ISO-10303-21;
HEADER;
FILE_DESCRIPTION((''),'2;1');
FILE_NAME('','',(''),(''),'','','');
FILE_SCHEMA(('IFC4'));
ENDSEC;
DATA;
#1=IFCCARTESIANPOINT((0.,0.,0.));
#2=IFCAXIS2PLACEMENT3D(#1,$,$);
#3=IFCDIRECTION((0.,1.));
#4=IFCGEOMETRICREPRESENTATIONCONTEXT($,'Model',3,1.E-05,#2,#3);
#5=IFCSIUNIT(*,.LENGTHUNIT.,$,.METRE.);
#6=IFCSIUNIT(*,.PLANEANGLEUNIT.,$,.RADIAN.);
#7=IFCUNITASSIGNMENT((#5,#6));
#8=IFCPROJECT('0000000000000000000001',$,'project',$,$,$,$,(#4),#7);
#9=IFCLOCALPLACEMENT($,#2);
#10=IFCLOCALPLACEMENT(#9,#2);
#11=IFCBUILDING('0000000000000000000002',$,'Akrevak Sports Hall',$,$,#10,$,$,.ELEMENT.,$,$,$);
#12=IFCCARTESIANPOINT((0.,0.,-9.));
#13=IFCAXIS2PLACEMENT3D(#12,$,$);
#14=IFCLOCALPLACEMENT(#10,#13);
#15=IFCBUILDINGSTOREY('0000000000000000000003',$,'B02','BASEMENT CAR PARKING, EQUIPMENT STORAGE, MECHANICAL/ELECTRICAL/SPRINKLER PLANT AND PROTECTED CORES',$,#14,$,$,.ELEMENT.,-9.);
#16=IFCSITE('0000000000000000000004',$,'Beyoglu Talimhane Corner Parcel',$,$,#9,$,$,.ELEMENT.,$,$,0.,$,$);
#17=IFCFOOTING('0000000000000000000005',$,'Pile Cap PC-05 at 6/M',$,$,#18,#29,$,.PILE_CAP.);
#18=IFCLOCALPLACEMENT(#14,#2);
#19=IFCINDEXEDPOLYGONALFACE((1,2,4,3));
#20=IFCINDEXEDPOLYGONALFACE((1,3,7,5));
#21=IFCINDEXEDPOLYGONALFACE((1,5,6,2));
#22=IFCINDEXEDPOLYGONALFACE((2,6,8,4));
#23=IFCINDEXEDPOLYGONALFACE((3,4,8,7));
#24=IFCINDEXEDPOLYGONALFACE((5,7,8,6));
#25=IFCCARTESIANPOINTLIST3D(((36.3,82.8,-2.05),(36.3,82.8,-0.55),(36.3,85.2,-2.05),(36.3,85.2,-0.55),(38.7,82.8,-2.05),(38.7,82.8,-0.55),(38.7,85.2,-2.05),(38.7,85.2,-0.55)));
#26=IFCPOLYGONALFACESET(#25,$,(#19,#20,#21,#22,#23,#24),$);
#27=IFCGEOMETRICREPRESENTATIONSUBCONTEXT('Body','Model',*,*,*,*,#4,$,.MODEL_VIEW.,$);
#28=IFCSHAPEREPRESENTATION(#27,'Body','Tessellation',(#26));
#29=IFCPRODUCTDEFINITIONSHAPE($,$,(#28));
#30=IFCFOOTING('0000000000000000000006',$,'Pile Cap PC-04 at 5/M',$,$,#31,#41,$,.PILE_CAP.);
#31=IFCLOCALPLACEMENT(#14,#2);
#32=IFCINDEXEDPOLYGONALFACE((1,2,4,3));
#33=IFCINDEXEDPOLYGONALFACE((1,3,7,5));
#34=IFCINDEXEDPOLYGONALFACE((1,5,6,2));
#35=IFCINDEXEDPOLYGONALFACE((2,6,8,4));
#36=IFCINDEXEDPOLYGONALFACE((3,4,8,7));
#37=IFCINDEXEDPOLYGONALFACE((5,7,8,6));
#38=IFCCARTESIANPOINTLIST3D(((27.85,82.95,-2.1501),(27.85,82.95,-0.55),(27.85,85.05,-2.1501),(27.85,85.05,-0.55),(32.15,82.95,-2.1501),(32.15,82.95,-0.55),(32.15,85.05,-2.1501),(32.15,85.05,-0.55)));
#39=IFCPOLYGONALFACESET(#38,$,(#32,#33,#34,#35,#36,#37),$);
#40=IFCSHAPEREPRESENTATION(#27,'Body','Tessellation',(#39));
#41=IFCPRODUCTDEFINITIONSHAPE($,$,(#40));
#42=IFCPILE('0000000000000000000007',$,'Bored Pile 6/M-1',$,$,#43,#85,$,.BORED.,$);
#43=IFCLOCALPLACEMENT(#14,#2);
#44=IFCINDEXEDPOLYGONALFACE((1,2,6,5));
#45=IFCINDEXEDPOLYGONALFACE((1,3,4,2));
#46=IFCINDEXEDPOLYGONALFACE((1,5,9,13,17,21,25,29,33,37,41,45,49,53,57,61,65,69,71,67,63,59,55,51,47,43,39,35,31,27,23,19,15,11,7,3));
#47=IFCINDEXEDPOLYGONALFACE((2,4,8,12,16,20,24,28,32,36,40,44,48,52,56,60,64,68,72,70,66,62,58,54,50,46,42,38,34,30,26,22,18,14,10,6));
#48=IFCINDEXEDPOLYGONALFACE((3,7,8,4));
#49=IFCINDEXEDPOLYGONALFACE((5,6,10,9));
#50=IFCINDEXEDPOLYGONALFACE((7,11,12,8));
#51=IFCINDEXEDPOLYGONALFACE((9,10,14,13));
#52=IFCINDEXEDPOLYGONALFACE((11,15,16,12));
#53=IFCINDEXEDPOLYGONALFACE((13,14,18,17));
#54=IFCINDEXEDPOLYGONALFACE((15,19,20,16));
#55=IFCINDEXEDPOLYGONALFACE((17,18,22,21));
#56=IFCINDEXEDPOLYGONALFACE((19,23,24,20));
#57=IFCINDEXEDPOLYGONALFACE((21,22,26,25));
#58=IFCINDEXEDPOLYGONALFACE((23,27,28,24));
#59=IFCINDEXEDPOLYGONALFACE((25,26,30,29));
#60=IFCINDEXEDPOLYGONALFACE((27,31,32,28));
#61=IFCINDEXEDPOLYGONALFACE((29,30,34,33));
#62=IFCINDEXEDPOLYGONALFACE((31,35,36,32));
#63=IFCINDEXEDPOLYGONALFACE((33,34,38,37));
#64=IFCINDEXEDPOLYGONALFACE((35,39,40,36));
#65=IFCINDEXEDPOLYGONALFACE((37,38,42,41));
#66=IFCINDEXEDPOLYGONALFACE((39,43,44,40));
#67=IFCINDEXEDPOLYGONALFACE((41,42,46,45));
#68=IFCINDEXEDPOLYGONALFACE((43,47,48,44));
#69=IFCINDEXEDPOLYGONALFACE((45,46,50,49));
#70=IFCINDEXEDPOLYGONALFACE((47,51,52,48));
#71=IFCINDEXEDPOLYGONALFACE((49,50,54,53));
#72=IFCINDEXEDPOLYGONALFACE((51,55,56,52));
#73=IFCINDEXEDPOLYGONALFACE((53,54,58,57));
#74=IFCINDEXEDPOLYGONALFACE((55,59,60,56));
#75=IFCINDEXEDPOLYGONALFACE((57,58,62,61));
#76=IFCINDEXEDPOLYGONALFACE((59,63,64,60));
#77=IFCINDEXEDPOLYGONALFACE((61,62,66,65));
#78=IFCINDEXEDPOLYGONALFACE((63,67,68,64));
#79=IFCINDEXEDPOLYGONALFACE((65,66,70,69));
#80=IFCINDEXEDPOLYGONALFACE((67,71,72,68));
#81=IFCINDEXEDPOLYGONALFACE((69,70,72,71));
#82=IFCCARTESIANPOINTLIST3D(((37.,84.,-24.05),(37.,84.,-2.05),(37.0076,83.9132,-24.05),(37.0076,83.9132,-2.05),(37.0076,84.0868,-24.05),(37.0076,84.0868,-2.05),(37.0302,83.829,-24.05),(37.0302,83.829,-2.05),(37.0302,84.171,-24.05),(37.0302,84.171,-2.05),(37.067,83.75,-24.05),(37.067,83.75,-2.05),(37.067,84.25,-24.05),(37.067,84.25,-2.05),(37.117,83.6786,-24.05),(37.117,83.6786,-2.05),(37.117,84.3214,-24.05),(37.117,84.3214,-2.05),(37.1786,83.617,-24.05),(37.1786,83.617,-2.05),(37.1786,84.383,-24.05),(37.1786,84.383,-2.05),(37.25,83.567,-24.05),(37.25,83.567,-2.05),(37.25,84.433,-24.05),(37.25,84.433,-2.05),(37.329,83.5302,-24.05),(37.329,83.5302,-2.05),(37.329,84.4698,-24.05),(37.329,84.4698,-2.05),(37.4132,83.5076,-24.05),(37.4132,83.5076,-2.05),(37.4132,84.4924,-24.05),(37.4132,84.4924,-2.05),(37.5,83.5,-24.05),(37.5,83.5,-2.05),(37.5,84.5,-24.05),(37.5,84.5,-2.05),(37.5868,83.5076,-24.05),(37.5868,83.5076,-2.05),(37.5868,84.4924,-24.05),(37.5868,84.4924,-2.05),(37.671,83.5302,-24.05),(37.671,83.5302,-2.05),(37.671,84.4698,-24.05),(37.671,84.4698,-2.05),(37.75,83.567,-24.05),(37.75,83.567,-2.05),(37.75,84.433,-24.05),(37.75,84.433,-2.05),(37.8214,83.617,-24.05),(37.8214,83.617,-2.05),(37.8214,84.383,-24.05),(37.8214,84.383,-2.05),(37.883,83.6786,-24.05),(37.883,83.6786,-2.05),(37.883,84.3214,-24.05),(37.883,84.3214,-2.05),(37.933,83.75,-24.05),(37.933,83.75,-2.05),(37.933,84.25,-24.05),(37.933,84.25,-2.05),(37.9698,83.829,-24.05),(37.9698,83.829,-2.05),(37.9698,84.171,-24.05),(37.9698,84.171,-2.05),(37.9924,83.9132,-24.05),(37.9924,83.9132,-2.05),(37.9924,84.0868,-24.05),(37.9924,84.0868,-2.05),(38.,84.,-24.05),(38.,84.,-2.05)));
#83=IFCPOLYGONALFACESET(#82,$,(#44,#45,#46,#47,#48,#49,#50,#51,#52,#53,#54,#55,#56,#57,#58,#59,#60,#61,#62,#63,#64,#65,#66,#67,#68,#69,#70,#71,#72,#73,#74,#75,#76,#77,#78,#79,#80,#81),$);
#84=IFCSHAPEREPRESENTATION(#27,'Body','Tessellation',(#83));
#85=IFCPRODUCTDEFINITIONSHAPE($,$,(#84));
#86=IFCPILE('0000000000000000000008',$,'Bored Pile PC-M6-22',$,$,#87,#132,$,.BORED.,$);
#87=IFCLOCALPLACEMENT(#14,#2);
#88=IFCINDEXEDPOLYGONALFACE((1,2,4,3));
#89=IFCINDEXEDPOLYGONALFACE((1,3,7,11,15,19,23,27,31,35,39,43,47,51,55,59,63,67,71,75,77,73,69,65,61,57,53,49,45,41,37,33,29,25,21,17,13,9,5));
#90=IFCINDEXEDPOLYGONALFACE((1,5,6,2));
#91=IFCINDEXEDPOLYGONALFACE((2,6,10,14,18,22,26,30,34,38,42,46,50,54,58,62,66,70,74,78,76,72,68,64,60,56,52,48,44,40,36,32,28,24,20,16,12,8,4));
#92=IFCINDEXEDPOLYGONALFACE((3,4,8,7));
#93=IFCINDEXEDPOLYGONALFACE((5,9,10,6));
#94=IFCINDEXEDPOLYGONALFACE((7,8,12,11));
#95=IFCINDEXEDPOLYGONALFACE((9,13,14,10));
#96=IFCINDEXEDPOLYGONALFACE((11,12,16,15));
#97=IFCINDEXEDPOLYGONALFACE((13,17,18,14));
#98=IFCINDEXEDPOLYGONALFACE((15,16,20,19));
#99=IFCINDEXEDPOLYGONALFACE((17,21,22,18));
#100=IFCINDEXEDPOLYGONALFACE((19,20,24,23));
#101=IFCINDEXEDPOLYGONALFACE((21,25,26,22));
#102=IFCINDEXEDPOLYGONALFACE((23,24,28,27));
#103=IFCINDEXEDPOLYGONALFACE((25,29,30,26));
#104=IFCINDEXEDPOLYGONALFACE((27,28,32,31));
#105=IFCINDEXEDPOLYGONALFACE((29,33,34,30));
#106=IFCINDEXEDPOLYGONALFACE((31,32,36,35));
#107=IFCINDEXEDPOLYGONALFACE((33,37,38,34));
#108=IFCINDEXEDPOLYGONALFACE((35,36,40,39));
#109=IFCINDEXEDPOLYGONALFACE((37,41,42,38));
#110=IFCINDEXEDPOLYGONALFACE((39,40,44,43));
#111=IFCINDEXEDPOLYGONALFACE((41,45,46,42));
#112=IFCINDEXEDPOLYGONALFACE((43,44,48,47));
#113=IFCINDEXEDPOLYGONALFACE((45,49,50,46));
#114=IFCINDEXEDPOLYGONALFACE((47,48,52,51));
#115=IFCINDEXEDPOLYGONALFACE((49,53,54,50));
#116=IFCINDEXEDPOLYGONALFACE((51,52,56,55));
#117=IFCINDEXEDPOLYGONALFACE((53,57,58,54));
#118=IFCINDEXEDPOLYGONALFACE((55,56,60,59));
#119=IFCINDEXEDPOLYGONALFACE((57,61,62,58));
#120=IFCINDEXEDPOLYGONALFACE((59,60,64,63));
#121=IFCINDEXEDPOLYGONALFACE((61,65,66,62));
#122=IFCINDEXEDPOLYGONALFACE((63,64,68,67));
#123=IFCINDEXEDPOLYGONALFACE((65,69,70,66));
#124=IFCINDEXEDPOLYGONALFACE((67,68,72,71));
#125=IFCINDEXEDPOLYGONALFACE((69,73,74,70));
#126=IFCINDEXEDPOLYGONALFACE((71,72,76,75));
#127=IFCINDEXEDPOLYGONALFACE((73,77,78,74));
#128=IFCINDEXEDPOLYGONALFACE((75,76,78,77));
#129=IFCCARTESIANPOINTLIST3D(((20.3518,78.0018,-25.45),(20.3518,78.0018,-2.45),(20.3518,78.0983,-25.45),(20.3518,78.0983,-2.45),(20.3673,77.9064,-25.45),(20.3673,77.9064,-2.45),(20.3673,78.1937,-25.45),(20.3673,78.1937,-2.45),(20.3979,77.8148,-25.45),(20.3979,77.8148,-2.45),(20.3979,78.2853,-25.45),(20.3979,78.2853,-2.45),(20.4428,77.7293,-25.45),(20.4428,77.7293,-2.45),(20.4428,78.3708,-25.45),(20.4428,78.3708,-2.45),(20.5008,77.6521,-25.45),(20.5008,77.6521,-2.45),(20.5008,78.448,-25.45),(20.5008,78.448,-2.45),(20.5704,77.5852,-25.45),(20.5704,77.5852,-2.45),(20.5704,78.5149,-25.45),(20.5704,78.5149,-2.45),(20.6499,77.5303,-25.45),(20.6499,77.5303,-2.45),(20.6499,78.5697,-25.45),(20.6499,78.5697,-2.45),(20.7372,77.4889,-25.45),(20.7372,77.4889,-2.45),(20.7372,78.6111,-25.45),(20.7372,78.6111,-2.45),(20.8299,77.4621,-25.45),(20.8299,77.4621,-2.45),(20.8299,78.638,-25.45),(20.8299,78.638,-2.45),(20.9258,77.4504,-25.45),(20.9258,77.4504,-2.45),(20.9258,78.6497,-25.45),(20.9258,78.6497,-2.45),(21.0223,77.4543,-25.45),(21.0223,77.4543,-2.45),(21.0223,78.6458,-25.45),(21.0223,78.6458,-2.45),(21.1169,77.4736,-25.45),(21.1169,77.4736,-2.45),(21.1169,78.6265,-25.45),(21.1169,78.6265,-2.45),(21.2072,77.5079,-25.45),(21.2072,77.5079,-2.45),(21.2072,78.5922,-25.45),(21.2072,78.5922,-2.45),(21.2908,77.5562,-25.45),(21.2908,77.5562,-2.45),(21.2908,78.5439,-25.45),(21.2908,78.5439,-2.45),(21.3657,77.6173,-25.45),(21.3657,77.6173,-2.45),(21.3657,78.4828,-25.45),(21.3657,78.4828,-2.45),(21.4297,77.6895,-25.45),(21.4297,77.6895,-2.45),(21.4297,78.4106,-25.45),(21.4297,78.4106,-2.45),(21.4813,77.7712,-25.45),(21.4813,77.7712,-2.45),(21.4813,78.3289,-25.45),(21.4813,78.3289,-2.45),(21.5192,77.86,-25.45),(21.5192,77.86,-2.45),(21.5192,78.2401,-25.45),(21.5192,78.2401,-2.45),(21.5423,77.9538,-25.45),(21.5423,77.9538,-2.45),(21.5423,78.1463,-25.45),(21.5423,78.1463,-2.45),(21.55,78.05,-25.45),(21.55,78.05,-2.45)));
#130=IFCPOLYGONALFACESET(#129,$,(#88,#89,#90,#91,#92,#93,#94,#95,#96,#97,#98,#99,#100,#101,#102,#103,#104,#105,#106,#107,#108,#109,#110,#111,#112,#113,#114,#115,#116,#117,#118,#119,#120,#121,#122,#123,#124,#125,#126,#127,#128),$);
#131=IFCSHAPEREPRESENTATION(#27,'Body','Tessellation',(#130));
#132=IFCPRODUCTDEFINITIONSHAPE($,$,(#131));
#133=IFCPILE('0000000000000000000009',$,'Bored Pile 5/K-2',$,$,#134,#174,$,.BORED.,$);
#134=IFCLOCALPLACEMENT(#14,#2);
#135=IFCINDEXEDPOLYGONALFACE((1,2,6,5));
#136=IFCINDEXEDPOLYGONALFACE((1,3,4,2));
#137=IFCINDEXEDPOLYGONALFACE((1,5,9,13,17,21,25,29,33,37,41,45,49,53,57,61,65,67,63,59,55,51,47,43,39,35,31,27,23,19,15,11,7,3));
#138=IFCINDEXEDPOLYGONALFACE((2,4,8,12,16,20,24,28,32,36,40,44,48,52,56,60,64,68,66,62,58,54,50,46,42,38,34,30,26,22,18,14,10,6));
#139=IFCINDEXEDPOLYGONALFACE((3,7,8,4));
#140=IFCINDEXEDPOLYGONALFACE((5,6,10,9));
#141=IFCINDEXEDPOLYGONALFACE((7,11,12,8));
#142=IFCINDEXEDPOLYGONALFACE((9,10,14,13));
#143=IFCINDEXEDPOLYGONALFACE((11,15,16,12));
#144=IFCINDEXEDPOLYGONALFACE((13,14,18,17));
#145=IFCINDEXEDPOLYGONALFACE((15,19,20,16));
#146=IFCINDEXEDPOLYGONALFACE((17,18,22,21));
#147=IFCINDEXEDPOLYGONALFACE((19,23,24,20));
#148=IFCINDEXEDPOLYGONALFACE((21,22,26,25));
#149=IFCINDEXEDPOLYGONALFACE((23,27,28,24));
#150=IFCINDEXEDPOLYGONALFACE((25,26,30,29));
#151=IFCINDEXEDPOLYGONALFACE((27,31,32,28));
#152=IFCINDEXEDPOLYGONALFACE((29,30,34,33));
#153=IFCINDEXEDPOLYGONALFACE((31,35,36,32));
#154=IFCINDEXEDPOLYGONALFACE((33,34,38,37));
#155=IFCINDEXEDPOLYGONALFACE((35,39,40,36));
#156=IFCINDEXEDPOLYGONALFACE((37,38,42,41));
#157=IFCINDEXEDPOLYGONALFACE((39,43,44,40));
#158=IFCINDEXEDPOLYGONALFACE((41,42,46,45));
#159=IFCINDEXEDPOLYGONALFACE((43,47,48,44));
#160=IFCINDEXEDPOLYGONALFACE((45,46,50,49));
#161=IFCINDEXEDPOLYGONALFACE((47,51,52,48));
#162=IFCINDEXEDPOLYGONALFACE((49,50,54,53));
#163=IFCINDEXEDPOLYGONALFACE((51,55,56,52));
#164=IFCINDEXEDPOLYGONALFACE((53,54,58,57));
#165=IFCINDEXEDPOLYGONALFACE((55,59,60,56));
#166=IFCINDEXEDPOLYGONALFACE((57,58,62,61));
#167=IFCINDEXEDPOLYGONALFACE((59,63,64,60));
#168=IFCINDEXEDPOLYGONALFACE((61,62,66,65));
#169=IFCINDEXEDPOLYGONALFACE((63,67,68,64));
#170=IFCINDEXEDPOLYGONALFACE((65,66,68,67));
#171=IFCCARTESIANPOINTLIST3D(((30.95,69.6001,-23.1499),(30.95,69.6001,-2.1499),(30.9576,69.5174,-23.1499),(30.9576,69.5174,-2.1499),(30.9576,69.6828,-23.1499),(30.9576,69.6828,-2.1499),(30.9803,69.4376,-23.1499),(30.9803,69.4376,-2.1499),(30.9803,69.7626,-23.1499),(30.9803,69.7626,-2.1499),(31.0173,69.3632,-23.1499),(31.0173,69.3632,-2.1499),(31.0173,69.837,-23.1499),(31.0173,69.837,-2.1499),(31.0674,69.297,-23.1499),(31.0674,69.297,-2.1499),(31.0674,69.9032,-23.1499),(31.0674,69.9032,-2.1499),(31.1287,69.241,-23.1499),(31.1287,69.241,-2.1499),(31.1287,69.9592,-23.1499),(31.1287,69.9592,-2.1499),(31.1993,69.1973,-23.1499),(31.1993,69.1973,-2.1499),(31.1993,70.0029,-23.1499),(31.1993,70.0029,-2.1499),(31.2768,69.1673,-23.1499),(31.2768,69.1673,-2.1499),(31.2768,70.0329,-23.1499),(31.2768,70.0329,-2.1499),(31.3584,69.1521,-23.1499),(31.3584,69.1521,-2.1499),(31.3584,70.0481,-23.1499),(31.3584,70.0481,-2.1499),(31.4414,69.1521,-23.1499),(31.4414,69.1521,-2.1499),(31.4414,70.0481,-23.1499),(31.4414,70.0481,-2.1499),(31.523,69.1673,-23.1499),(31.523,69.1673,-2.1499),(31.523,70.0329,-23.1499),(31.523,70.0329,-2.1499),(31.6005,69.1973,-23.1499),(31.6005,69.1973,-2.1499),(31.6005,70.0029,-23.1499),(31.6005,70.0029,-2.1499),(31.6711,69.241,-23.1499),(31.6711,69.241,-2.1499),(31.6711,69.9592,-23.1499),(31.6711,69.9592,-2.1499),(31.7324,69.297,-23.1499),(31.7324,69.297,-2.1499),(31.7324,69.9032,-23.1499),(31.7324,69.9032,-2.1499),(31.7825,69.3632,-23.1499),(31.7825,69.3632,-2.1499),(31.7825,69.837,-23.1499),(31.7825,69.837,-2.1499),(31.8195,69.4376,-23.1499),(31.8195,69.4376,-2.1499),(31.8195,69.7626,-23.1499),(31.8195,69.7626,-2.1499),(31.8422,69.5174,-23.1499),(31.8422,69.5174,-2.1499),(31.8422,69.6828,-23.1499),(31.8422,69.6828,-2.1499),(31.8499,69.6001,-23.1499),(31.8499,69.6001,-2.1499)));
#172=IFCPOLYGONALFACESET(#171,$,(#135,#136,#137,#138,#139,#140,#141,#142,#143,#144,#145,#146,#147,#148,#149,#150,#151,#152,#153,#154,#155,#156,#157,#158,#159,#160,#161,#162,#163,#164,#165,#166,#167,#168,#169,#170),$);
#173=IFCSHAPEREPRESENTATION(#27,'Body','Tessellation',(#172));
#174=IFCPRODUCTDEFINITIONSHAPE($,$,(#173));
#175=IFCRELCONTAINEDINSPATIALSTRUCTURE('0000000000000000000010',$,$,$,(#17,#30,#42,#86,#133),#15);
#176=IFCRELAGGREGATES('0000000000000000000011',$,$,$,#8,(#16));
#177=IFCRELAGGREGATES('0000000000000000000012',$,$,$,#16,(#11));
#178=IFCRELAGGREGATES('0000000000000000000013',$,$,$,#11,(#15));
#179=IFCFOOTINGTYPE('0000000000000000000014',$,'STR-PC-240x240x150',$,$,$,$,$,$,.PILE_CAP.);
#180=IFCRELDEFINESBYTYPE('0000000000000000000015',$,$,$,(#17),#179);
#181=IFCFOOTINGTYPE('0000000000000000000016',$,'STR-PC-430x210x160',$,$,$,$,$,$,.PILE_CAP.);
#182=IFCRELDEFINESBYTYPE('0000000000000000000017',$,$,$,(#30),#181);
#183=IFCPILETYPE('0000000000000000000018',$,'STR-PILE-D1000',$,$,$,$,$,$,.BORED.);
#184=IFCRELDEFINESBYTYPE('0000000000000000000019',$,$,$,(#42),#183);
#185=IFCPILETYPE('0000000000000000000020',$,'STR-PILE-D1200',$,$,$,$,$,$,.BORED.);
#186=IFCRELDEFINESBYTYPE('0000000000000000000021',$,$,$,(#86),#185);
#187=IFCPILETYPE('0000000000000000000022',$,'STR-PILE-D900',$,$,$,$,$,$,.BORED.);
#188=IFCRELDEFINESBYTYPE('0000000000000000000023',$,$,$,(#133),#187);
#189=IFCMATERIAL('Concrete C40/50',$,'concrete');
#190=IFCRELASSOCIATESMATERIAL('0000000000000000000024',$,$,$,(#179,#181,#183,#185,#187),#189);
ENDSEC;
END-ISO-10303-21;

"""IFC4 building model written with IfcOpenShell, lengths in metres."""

from ifc_helpers import new_model, si_unit, direction, frame, origin, origin_2d, place, context, subcontext, project, spatial, rectangle, circle, extrude, material, material_profile, profile_set, type_object, element, save


model = new_model("IFC4")

# Units and contexts
model_context = context("Model", 3, precision=1e-05, world=origin(), true_north=direction((0.0, 1.0)))
body_context = subcontext(model_context, "Body", "Model", "MODEL_VIEW")
ifc_project = project(units=[si_unit("LENGTHUNIT", "METRE"), si_unit("PLANEANGLEUNIT", "RADIAN")], contexts=[model_context])

# Site, building, storey
site_placement = place(None, origin())
site = spatial("IfcSite", under=ifc_project, at=site_placement, Name="Beyoglu Talimhane Corner Parcel", CompositionType="ELEMENT", RefElevation=0.0)
building_placement = place(site_placement, origin())
building = spatial("IfcBuilding", under=site, at=building_placement, Name="Akrevak Sports Hall", CompositionType="ELEMENT")
storey_placement = place(building_placement, frame((0.0, 0.0, -9.0)))
storey = spatial("IfcBuildingStorey", under=building, at=storey_placement, Name="B02", Description="BASEMENT CAR PARKING, EQUIPMENT STORAGE, MECHANICAL/ELECTRICAL/SPRINKLER PLANT AND PROTECTED CORES", CompositionType="ELEMENT", Elevation=-9.0)

# Footings
ifc_material_1 = material(Name="Concrete C40/50", Category="concrete")
footing_type_1 = type_object("IfcFootingType", Name="STR-PC-240x240x150", PredefinedType="PILE_CAP", material=ifc_material_1)
footing_1_placement = place(storey_placement, frame((37.5, 84.0, -2.05), z_axis=(0.0, 0.0, 1.0), x_axis=(1.0, 0.0, 0.0)))
element("IfcFooting", 1, at=footing_1_placement, inside=storey, type_object=footing_type_1, Name="Pile Cap PC-05 at 6/M", PredefinedType="PILE_CAP", context=body_context, shape_type="SweptSolid", body=[
    extrude(rectangle(XDim=2.3999, YDim=2.3999, at=origin_2d()), origin(), (0.0, 0.0, 1.0), 1.5),
])
footing_type_2 = type_object("IfcFootingType", Name="STR-PC-430x210x160", PredefinedType="PILE_CAP", material=ifc_material_1)
footing_2_placement = place(storey_placement, frame((30.0, 84.0, -2.1501), z_axis=(0.0, 0.0, 1.0), x_axis=(1.0, 0.0, 0.0)))
element("IfcFooting", 2, at=footing_2_placement, inside=storey, type_object=footing_type_2, Name="Pile Cap PC-04 at 5/M", PredefinedType="PILE_CAP", context=body_context, shape_type="SweptSolid", body=[
    extrude(rectangle(XDim=4.3, YDim=2.1001, at=origin_2d()), origin(), (0.0, 0.0, 1.0), 1.6001),
])

# Piles
ifc_material_profile_1 = material_profile(ifc_material_1, circle(Radius=0.5, at=origin_2d()), Name="BORED PILE D1000", Category="concrete")
ifc_profile_set_1 = profile_set([ifc_material_profile_1], Name="Concrete C40/50")
pile_type_1 = type_object("IfcPileType", Name="STR-PILE-D1000", PredefinedType="BORED", material=ifc_profile_set_1)
pile_1_placement = place(storey_placement, frame((37.5, 84.0, -2.05), z_axis=(0.0, 0.0, -1.0), x_axis=(1.0, 0.0, 0.0)))
element("IfcPile", 3, at=pile_1_placement, inside=storey, type_object=pile_type_1, Name="Bored Pile 6/M-1", PredefinedType="BORED", context=body_context, shape_type="SweptSolid", body=[
    extrude(circle(Radius=0.5, at=origin_2d()), origin(), (0.0, 0.0, 1.0), 22.0),
])
ifc_material_profile_2 = material_profile(ifc_material_1, circle(Radius=0.6001, at=origin_2d()), Name="BORED PILE D1200", Category="concrete")
ifc_profile_set_2 = profile_set([ifc_material_profile_2], Name="Concrete C40/50")
pile_type_2 = type_object("IfcPileType", Name="STR-PILE-D1200", PredefinedType="BORED", material=ifc_profile_set_2)
pile_2_placement = place(storey_placement, frame((20.95, 78.05, -2.45), z_axis=(0.0, 0.0, -1.0), x_axis=(1.0, 0.0, 0.0)))
element("IfcPile", 4, at=pile_2_placement, inside=storey, type_object=pile_type_2, Name="Bored Pile PC-M6-22", PredefinedType="BORED", context=body_context, shape_type="SweptSolid", body=[
    extrude(circle(Radius=0.6001, at=origin_2d()), origin(), (0.0, 0.0, 1.0), 23.0),
])
ifc_material_profile_3 = material_profile(ifc_material_1, circle(Radius=0.45, at=origin_2d()), Name="BORED PILE D900", Category="concrete")
ifc_profile_set_3 = profile_set([ifc_material_profile_3], Name="Concrete C40/50")
pile_type_3 = type_object("IfcPileType", Name="STR-PILE-D900", PredefinedType="BORED", material=ifc_profile_set_3)
for number, where, z_axis, x_axis, name in (
    (5, (31.3999, 69.6001, -2.1499), (0.0, 0.0, -1.0), (1.0, 0.0, 0.0), "Bored Pile 5/K-2"),
):
    element("IfcPile", number, at=place(storey_placement, frame(where, z_axis=z_axis, x_axis=x_axis)), inside=storey, type_object=pile_type_3, Name=name, PredefinedType="BORED", context=body_context, shape_type="SweptSolid", body=[
        extrude(circle(Radius=0.45, at=origin_2d()), origin(), (0.0, 0.0, 1.0), 21.0),
    ])

save(model, "model.ifc")
